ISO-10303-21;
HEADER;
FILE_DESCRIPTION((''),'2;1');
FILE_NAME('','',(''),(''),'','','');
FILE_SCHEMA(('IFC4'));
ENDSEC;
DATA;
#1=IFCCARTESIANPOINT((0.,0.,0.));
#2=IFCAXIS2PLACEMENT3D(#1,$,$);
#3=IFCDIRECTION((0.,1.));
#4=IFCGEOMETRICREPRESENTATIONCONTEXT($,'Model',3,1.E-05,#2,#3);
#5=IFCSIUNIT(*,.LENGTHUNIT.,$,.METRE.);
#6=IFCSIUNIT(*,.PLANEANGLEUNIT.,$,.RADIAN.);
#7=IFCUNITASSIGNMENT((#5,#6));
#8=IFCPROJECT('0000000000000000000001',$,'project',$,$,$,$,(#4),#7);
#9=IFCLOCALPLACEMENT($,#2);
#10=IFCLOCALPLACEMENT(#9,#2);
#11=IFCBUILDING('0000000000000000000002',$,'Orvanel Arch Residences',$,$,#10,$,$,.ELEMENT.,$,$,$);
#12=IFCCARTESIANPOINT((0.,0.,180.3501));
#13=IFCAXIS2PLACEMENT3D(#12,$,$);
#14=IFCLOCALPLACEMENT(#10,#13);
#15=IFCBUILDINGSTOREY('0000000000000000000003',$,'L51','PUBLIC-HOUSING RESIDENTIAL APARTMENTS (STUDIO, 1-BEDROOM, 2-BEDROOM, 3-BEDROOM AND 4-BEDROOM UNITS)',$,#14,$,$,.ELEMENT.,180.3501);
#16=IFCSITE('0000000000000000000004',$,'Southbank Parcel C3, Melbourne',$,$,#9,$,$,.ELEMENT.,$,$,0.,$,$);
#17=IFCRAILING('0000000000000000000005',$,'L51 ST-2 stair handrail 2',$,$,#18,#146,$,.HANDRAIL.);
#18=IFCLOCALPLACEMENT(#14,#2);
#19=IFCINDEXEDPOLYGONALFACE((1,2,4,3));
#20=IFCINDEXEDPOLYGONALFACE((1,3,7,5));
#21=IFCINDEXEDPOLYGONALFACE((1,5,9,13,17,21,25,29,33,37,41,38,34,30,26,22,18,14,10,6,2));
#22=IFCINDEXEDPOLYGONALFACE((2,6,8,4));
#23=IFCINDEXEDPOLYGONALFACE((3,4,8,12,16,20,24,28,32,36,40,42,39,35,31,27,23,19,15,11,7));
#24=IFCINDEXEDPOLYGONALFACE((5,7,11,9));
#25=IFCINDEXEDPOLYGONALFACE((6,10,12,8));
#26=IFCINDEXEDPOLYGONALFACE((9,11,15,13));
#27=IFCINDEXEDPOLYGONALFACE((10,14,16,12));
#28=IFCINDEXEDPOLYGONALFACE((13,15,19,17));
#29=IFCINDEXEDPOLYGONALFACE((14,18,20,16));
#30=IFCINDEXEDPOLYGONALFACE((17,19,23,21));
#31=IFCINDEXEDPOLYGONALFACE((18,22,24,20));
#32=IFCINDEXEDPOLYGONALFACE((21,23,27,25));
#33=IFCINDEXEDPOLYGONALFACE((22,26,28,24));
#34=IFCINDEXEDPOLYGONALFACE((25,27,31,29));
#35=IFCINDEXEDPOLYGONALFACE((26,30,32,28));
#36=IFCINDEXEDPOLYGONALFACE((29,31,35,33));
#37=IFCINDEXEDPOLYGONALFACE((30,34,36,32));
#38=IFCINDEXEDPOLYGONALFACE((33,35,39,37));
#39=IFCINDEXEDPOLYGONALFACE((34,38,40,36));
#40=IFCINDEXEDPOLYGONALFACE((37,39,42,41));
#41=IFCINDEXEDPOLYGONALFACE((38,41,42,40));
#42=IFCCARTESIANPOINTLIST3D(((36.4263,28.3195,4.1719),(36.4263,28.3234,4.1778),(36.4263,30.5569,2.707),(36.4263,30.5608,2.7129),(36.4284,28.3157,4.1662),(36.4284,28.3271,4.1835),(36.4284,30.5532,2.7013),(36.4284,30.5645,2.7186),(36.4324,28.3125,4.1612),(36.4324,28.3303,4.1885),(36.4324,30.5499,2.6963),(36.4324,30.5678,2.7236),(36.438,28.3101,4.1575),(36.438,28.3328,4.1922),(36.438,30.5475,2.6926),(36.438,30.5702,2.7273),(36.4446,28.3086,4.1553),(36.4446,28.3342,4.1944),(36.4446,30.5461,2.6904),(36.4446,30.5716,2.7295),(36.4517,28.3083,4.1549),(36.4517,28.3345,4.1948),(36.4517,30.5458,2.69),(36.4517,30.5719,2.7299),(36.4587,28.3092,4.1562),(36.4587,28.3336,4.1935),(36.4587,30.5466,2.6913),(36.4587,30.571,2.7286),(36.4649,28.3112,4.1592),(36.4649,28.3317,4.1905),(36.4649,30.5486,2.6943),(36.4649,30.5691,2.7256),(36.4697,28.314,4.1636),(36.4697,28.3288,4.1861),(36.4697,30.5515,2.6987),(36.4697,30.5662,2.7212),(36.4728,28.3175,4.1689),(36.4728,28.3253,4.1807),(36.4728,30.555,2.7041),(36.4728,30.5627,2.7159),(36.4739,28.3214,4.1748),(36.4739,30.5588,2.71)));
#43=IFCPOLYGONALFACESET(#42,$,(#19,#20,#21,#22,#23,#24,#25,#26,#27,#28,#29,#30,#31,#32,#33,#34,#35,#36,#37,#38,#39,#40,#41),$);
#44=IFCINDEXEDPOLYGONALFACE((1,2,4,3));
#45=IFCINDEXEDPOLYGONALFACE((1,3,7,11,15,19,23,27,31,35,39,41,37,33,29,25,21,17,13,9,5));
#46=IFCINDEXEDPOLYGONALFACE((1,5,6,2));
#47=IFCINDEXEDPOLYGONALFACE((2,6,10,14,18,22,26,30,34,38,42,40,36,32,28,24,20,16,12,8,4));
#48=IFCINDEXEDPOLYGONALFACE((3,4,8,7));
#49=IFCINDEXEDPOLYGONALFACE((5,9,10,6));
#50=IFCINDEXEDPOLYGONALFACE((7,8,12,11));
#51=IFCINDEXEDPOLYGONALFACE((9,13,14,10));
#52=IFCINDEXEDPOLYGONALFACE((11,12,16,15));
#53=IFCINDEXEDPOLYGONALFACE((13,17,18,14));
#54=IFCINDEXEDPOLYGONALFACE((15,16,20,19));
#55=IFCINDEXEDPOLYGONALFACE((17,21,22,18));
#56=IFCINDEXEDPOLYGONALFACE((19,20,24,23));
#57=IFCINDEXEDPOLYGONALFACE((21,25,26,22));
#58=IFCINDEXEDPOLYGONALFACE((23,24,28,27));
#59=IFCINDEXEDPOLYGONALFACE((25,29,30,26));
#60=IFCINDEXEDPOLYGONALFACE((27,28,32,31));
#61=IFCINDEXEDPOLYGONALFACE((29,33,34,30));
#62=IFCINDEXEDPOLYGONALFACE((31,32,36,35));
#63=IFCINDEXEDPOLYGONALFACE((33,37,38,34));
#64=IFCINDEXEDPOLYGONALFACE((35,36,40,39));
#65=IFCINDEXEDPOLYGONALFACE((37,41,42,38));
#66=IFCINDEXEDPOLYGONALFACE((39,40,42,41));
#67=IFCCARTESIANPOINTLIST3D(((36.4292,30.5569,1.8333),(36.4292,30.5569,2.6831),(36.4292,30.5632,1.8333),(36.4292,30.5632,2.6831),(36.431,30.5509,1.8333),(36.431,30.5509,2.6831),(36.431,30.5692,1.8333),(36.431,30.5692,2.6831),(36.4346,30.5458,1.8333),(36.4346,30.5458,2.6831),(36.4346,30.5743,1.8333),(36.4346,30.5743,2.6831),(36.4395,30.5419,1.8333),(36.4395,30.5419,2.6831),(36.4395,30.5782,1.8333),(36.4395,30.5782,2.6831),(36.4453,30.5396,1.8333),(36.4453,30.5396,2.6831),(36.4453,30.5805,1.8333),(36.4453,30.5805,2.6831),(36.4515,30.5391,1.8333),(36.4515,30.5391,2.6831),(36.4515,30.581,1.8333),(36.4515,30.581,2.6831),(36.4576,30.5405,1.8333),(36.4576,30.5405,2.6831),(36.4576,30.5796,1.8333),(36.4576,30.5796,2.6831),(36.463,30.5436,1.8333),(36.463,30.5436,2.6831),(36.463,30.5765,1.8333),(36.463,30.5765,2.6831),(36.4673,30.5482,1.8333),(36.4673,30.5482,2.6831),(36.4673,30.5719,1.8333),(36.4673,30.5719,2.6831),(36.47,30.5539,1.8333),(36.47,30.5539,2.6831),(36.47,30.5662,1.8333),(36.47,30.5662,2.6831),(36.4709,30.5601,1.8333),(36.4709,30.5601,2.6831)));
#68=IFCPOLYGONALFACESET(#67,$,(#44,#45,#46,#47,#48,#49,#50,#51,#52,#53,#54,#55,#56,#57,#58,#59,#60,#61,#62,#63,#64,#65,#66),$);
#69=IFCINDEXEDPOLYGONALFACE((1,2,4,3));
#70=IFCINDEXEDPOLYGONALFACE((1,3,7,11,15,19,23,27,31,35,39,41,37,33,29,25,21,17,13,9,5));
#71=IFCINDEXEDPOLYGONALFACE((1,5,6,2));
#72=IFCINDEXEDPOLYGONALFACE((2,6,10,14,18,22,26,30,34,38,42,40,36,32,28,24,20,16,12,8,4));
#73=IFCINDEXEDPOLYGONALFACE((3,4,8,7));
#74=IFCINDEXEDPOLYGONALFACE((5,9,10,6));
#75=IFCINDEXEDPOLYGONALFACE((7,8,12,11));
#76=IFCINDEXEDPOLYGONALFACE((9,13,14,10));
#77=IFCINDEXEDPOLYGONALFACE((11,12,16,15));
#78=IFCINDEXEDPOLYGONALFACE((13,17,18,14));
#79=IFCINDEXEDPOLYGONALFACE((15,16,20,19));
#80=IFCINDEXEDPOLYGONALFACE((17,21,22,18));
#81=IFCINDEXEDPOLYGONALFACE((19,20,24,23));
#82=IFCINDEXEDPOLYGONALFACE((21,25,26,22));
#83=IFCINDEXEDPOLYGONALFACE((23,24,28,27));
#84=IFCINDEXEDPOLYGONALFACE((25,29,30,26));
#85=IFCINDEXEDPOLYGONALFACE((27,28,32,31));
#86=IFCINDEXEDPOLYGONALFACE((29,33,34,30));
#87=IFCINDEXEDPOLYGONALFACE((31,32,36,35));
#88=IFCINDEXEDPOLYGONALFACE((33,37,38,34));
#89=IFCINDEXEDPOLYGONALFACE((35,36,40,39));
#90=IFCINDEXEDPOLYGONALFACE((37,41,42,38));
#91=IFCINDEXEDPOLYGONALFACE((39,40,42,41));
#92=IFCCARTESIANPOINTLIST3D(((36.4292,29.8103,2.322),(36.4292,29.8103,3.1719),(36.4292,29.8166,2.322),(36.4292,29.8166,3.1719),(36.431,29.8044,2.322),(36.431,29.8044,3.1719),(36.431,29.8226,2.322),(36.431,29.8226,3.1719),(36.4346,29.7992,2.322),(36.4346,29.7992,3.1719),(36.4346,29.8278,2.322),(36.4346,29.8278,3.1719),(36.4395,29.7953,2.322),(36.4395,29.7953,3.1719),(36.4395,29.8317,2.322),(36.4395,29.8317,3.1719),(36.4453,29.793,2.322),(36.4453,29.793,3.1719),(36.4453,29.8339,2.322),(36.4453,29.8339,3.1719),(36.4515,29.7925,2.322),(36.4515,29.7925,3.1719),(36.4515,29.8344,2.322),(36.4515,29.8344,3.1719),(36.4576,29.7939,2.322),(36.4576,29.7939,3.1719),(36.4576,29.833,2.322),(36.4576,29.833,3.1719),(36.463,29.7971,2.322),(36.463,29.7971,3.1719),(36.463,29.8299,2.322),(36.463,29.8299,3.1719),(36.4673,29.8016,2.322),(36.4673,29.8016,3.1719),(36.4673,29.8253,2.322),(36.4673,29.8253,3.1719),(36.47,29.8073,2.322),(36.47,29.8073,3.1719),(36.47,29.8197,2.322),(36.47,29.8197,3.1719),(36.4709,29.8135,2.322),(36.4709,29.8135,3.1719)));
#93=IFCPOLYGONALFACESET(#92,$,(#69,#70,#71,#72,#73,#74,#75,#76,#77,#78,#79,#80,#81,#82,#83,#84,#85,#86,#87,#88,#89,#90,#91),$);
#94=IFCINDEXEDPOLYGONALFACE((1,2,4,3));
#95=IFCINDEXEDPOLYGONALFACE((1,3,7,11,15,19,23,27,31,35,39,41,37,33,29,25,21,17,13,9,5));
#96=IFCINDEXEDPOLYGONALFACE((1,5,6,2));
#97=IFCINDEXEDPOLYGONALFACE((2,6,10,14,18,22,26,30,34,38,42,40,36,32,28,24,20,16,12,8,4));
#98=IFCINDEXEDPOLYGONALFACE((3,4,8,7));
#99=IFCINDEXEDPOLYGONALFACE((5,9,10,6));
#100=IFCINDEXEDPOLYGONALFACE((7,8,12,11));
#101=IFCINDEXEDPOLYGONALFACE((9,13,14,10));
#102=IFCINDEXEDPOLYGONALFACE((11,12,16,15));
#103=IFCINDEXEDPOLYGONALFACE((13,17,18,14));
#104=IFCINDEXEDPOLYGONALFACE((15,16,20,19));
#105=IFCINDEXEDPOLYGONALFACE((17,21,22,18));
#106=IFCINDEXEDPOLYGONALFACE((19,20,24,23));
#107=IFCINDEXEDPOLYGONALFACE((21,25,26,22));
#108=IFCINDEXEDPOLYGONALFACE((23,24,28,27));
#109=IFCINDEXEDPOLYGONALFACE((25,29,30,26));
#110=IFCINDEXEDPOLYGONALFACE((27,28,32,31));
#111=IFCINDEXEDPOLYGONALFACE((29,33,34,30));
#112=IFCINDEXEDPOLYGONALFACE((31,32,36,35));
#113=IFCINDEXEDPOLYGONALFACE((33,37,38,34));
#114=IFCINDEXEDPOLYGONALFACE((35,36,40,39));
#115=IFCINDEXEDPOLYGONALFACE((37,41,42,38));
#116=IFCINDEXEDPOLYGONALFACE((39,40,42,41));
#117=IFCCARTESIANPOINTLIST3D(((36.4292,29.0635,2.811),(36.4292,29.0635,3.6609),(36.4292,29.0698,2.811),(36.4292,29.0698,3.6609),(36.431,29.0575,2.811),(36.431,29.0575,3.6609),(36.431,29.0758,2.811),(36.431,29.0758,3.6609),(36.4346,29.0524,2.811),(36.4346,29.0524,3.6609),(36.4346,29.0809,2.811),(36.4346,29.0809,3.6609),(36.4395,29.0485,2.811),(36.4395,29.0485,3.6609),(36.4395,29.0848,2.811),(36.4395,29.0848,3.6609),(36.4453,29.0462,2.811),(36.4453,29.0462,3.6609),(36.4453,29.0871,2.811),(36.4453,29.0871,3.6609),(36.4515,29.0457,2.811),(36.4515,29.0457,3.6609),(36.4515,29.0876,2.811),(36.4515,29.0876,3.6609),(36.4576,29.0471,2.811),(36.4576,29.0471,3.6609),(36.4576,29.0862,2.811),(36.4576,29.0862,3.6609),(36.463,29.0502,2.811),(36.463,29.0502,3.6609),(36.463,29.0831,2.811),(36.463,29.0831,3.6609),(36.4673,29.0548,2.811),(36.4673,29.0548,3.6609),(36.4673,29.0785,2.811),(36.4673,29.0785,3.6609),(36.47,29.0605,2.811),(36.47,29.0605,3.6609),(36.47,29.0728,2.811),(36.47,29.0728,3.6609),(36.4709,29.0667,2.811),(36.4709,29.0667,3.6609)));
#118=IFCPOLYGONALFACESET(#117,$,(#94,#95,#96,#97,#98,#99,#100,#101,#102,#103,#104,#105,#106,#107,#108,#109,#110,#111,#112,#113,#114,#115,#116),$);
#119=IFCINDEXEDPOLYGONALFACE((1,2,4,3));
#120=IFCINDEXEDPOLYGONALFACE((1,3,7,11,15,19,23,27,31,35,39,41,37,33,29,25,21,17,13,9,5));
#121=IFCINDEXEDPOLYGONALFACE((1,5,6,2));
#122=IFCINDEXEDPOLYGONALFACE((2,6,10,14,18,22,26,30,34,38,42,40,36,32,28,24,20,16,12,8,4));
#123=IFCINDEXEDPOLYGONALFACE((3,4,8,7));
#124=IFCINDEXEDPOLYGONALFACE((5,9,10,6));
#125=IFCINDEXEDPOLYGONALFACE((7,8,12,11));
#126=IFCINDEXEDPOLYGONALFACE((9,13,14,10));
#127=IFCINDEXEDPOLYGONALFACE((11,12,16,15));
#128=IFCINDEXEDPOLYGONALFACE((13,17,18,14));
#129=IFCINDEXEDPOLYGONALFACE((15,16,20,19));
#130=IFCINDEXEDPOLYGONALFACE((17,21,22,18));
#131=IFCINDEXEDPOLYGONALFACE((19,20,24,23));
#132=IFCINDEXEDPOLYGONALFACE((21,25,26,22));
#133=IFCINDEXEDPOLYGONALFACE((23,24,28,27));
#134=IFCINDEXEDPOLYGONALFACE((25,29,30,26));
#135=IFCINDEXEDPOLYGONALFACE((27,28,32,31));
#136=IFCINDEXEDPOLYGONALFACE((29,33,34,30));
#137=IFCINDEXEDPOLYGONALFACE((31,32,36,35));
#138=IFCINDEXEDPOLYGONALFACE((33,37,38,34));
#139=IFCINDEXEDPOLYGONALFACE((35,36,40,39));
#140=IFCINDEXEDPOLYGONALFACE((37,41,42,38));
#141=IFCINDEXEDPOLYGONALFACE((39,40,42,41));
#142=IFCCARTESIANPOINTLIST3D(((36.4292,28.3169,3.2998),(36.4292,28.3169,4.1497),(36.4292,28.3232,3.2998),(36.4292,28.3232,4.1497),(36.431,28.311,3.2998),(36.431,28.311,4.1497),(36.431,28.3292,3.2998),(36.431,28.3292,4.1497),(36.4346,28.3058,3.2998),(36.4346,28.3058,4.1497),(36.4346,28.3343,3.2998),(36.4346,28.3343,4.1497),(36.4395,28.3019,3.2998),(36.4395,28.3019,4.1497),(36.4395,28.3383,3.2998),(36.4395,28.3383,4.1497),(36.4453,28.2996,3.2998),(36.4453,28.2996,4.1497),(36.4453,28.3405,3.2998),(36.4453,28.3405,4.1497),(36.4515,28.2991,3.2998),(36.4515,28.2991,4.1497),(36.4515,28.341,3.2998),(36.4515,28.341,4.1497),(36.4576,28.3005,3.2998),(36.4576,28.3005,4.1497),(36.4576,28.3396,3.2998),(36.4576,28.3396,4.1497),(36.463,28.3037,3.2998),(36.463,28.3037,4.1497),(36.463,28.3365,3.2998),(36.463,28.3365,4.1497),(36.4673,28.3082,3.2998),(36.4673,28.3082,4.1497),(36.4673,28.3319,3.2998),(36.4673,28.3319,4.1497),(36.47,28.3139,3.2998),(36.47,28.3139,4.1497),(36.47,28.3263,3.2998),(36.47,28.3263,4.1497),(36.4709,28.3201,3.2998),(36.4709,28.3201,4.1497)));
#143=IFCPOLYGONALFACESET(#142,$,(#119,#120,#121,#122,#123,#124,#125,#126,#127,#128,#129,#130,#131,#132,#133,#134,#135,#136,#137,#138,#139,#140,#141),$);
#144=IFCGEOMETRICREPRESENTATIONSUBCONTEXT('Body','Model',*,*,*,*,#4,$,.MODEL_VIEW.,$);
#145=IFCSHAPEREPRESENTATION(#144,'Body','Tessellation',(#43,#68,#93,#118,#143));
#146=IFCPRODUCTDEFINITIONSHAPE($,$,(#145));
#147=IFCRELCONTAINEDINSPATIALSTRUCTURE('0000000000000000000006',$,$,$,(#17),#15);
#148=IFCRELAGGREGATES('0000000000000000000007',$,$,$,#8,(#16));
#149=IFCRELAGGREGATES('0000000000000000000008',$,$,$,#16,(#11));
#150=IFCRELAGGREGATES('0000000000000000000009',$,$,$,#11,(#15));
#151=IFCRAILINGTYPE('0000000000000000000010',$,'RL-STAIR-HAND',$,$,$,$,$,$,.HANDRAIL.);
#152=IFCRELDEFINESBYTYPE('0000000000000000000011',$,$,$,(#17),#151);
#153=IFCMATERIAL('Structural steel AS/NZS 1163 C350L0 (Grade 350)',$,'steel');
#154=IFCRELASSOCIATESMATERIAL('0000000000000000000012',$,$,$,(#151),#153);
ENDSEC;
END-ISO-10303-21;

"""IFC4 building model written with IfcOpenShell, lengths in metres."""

from ifc_helpers import new_model, si_unit, direction, frame, origin, origin_2d, place, context, subcontext, project, spatial, circle, extrude, material, type_object, element, save


model = new_model("IFC4")

# Units and contexts
model_context = context("Model", 3, precision=1e-05, world=origin(), true_north=direction((0.0, 1.0)))
body_context = subcontext(model_context, "Body", "Model", "MODEL_VIEW")
ifc_project = project(units=[si_unit("LENGTHUNIT", "METRE"), si_unit("PLANEANGLEUNIT", "RADIAN")], contexts=[model_context])

# Site, building, storey
site_placement = place(None, origin())
site = spatial("IfcSite", under=ifc_project, at=site_placement, Name="Southbank Parcel C3, Melbourne", CompositionType="ELEMENT", RefElevation=0.0)
building_placement = place(site_placement, origin())
building = spatial("IfcBuilding", under=site, at=building_placement, Name="Orvanel Arch Residences", CompositionType="ELEMENT")
storey_placement = place(building_placement, frame((0.0, 0.0, 180.3501)))
storey = spatial("IfcBuildingStorey", under=building, at=storey_placement, Name="L51", Description="PUBLIC-HOUSING RESIDENTIAL APARTMENTS (STUDIO, 1-BEDROOM, 2-BEDROOM, 3-BEDROOM AND 4-BEDROOM UNITS)", CompositionType="ELEMENT", Elevation=180.3501)

# Railing
ifc_material_1 = material(Name="Structural steel AS/NZS 1163 C350L0 (Grade 350)", Category="steel")
railing_type_1 = type_object("IfcRailingType", Name="RL-STAIR-HAND", PredefinedType="HANDRAIL", material=ifc_material_1)
railing_1_placement = place(storey_placement, frame((36.45, 30.5601, 1.8333)))
element("IfcRailing", 1, at=railing_1_placement, inside=storey, type_object=railing_type_1, Name="L51 ST-2 stair handrail 2", PredefinedType="HANDRAIL", context=body_context, shape_type="SweptSolid", body=[
    extrude(circle(Radius=0.0239, at=origin_2d()), frame((0.0, -0.0012, 0.8767), z_axis=(0.0, -0.836637, 0.547758), x_axis=(1.0, 0.0, 0.0)), (0.0, 0.0, 1.0), 2.6743),
    extrude(circle(Radius=0.021, at=origin_2d()), origin(), (0.0, 0.0, 1.0), 0.8499),
    extrude(circle(Radius=0.021, at=origin_2d()), frame((0.0, -0.7466, 0.4888)), (0.0, 0.0, 1.0), 0.8499),
    extrude(circle(Radius=0.021, at=origin_2d()), frame((0.0, -1.4934, 0.9778)), (0.0, 0.0, 1.0), 0.8499),
    extrude(circle(Radius=0.021, at=origin_2d()), frame((0.0, -2.24, 1.4666)), (0.0, 0.0, 1.0), 0.8499),
])

save(model, "model.ifc")
